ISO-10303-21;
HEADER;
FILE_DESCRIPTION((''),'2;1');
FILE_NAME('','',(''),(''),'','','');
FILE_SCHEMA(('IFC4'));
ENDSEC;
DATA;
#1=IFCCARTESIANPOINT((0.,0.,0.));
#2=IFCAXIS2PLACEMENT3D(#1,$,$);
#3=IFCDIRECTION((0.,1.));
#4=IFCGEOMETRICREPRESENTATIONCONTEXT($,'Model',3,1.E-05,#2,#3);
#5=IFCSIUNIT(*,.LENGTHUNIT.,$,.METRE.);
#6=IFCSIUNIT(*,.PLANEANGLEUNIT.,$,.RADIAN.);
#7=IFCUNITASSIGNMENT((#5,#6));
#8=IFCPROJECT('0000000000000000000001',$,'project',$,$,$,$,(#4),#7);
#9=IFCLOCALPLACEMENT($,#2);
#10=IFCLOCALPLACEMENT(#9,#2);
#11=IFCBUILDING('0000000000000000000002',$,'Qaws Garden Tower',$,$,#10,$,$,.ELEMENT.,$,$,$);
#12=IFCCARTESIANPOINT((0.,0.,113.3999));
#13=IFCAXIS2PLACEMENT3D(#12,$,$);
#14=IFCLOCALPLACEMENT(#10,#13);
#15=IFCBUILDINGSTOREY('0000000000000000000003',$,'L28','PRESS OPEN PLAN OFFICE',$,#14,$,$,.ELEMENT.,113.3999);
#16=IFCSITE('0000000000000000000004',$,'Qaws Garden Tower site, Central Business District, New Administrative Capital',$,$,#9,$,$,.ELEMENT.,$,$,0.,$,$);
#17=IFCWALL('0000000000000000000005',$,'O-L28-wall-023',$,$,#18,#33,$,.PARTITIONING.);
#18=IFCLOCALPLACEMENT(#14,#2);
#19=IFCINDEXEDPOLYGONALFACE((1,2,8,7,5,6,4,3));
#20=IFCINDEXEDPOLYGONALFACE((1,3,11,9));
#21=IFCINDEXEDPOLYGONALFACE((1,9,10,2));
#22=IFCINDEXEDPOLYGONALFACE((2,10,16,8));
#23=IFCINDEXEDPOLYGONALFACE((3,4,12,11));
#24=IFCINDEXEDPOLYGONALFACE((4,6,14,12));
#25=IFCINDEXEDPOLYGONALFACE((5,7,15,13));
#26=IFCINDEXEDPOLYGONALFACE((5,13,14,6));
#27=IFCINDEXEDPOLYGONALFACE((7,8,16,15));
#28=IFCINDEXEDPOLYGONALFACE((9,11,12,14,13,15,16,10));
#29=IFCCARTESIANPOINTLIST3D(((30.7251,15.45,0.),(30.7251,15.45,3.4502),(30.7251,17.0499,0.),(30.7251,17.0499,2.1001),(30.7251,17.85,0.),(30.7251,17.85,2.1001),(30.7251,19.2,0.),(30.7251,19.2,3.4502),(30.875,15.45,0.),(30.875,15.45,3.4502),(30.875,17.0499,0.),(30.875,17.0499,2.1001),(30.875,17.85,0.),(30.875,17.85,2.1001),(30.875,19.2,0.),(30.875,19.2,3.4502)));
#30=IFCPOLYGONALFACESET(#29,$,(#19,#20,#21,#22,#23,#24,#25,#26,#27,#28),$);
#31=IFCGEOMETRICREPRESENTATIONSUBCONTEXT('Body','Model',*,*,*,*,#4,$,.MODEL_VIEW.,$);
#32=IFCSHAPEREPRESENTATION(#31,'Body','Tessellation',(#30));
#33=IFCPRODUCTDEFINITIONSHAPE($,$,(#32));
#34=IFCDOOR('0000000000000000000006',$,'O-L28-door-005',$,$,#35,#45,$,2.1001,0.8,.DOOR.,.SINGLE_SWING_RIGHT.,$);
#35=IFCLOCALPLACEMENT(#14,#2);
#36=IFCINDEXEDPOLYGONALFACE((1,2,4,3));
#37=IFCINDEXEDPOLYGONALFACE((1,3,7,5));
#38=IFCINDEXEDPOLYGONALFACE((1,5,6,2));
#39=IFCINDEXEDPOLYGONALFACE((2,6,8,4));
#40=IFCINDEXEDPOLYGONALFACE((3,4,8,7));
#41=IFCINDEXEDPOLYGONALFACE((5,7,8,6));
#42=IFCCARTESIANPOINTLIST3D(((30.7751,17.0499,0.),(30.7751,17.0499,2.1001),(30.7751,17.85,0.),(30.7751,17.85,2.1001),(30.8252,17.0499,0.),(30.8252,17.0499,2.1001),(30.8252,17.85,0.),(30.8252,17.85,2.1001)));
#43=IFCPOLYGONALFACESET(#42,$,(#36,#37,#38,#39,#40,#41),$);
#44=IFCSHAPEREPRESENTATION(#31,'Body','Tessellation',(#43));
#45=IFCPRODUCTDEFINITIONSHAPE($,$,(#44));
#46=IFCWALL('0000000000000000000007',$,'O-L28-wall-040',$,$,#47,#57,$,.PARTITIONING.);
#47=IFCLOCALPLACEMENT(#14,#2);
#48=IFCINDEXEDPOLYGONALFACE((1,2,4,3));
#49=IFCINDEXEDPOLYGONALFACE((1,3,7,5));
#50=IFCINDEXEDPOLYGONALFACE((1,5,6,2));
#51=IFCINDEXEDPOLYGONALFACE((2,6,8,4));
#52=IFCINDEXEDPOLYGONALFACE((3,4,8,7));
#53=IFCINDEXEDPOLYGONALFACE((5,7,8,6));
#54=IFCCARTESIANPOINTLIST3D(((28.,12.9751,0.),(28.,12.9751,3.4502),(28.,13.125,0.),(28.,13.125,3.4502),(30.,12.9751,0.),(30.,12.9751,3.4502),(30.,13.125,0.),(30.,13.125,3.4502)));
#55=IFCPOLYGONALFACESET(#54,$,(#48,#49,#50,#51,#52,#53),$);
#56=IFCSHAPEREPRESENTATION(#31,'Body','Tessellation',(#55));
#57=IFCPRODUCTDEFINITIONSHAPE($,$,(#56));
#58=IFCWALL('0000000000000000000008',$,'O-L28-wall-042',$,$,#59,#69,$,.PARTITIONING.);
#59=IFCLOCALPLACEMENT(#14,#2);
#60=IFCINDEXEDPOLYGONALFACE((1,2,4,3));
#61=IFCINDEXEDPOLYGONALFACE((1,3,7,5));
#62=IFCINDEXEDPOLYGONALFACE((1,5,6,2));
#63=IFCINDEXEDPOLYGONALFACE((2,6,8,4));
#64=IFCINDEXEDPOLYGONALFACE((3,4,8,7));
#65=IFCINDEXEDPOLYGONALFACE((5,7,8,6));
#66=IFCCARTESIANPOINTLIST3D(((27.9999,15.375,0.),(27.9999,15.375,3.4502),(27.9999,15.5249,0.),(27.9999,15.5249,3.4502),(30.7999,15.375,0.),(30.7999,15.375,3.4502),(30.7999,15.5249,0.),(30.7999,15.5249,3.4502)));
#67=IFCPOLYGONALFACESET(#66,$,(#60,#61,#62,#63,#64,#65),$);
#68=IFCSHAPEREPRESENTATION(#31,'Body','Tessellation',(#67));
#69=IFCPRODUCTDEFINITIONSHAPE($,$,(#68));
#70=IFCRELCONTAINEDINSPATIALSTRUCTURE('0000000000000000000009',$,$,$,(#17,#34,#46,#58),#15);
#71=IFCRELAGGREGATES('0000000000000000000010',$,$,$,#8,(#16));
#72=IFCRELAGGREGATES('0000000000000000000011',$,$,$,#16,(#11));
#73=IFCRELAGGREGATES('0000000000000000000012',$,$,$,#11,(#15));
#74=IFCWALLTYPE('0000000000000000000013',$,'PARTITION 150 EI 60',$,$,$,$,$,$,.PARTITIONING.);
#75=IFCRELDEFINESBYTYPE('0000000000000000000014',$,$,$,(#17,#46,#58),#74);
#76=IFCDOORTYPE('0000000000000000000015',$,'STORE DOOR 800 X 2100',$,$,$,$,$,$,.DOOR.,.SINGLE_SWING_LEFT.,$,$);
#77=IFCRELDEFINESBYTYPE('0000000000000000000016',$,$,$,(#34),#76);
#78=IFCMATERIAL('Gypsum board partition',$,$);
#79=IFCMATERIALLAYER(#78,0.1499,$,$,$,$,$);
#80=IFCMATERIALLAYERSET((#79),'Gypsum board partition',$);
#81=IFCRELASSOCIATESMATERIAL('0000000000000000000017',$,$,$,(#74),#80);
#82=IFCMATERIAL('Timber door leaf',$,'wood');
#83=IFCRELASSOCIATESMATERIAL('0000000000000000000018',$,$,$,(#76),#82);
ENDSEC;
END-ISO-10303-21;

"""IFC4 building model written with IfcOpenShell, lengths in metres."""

from ifc_helpers import new_model, si_unit, direction, frame, frame_2d, origin, place, context, subcontext, project, spatial, rectangle, extrude, material, layer, layer_set, type_object, element, fill, save


model = new_model("IFC4")

# Units and contexts
model_context = context("Model", 3, precision=1e-05, world=origin(), true_north=direction((0.0, 1.0)))
body_context = subcontext(model_context, "Body", "Model", "MODEL_VIEW")
ifc_project = project(units=[si_unit("LENGTHUNIT", "METRE"), si_unit("PLANEANGLEUNIT", "RADIAN")], contexts=[model_context])

# Site, building, storey
site_placement = place(None, origin())
site = spatial("IfcSite", under=ifc_project, at=site_placement, Name="Qaws Garden Tower site, Central Business District, New Administrative Capital", CompositionType="ELEMENT", RefElevation=0.0)
building_placement = place(site_placement, origin())
building = spatial("IfcBuilding", under=site, at=building_placement, Name="Qaws Garden Tower", CompositionType="ELEMENT")
storey_placement = place(building_placement, frame((0.0, 0.0, 113.3999)))
storey = spatial("IfcBuildingStorey", under=building, at=storey_placement, Name="L28", Description="PRESS OPEN PLAN OFFICE", CompositionType="ELEMENT", Elevation=113.3999)

# Wall, opening, door
ifc_material_1 = material(Name="Gypsum board partition")
ifc_layer_1 = layer(ifc_material_1, 0.1499)
ifc_layer_set_1 = layer_set([ifc_layer_1], Name="Gypsum board partition")
wall_type_1 = type_object("IfcWallType", Name="PARTITION 150 EI 60", PredefinedType="PARTITIONING", material=ifc_layer_set_1)
ifc_material_2 = material(Name="Timber door leaf", Category="wood")
door_type_1 = type_object("IfcDoorType", Name="STORE DOOR 800 X 2100", OperationType="SINGLE_SWING_LEFT", PredefinedType="DOOR", material=ifc_material_2)
wall_1_placement = place(storey_placement, frame((30.8, 15.45, 0.0), z_axis=(0.0, 0.0, 1.0), x_axis=(0.0, 1.0, 0.0)))
wall_1 = element("IfcWall", 1, at=wall_1_placement, inside=storey, type_object=wall_type_1, Name="O-L28-wall-023", PredefinedType="PARTITIONING", context=body_context, shape_type="SweptSolid", body=[
    extrude(rectangle(XDim=3.75, YDim=0.1499, at=frame_2d((1.875, 0.0))), origin(), (0.0, 0.0, 1.0), 3.4502),
])
opening_1_placement = place(wall_1_placement, frame((1.6001, 0.0, 0.0)))
opening_1 = element("IfcOpeningElement", 2, at=opening_1_placement, cuts=wall_1, PredefinedType="OPENING", context=body_context, shape_type="SweptSolid", body=[
    extrude(rectangle(XDim=0.8, YDim=2.1001, at=frame_2d((0.3999, 1.05))), frame((0.0, 0.085, 0.0), z_axis=(0.0, -1.0, 0.0), x_axis=(1.0, 0.0, 0.0)), (0.0, 0.0, 1.0), 0.1699),
])
door_1_placement = place(opening_1_placement, origin())
door_1 = element("IfcDoor", 3, at=door_1_placement, inside=storey, type_object=door_type_1, Name="O-L28-door-005", OperationType="SINGLE_SWING_RIGHT", OverallHeight=2.1001, OverallWidth=0.8, PredefinedType="DOOR", context=body_context, shape_type="SweptSolid", body=[
    extrude(rectangle(XDim=0.8, YDim=2.1001, at=frame_2d((0.3999, 1.05))), frame((0.0, 0.0249, 0.0), z_axis=(0.0, -1.0, 0.0), x_axis=(1.0, 0.0, 0.0)), (0.0, 0.0, 1.0), 0.05),
])
fill(opening_1, door_1)

# Walls
wall_2_placement = place(storey_placement, frame((28.0, 13.05, 0.0), z_axis=(0.0, 0.0, 1.0), x_axis=(1.0, 0.0, 0.0)))
element("IfcWall", 4, at=wall_2_placement, inside=storey, type_object=wall_type_1, Name="O-L28-wall-040", PredefinedType="PARTITIONING", context=body_context, shape_type="SweptSolid", body=[
    extrude(rectangle(XDim=2.0, YDim=0.1499, at=frame_2d((1.0, 0.0))), origin(), (0.0, 0.0, 1.0), 3.4502),
])
wall_3_placement = place(storey_placement, frame((28.0, 15.45, 0.0), z_axis=(0.0, 0.0, 1.0), x_axis=(1.0, 0.0, 0.0)))
element("IfcWall", 5, at=wall_3_placement, inside=storey, type_object=wall_type_1, Name="O-L28-wall-042", PredefinedType="PARTITIONING", context=body_context, shape_type="SweptSolid", body=[
    extrude(rectangle(XDim=2.8, YDim=0.1499, at=frame_2d((1.3999, 0.0))), origin(), (0.0, 0.0, 1.0), 3.4502),
])

save(model, "model.ifc")
